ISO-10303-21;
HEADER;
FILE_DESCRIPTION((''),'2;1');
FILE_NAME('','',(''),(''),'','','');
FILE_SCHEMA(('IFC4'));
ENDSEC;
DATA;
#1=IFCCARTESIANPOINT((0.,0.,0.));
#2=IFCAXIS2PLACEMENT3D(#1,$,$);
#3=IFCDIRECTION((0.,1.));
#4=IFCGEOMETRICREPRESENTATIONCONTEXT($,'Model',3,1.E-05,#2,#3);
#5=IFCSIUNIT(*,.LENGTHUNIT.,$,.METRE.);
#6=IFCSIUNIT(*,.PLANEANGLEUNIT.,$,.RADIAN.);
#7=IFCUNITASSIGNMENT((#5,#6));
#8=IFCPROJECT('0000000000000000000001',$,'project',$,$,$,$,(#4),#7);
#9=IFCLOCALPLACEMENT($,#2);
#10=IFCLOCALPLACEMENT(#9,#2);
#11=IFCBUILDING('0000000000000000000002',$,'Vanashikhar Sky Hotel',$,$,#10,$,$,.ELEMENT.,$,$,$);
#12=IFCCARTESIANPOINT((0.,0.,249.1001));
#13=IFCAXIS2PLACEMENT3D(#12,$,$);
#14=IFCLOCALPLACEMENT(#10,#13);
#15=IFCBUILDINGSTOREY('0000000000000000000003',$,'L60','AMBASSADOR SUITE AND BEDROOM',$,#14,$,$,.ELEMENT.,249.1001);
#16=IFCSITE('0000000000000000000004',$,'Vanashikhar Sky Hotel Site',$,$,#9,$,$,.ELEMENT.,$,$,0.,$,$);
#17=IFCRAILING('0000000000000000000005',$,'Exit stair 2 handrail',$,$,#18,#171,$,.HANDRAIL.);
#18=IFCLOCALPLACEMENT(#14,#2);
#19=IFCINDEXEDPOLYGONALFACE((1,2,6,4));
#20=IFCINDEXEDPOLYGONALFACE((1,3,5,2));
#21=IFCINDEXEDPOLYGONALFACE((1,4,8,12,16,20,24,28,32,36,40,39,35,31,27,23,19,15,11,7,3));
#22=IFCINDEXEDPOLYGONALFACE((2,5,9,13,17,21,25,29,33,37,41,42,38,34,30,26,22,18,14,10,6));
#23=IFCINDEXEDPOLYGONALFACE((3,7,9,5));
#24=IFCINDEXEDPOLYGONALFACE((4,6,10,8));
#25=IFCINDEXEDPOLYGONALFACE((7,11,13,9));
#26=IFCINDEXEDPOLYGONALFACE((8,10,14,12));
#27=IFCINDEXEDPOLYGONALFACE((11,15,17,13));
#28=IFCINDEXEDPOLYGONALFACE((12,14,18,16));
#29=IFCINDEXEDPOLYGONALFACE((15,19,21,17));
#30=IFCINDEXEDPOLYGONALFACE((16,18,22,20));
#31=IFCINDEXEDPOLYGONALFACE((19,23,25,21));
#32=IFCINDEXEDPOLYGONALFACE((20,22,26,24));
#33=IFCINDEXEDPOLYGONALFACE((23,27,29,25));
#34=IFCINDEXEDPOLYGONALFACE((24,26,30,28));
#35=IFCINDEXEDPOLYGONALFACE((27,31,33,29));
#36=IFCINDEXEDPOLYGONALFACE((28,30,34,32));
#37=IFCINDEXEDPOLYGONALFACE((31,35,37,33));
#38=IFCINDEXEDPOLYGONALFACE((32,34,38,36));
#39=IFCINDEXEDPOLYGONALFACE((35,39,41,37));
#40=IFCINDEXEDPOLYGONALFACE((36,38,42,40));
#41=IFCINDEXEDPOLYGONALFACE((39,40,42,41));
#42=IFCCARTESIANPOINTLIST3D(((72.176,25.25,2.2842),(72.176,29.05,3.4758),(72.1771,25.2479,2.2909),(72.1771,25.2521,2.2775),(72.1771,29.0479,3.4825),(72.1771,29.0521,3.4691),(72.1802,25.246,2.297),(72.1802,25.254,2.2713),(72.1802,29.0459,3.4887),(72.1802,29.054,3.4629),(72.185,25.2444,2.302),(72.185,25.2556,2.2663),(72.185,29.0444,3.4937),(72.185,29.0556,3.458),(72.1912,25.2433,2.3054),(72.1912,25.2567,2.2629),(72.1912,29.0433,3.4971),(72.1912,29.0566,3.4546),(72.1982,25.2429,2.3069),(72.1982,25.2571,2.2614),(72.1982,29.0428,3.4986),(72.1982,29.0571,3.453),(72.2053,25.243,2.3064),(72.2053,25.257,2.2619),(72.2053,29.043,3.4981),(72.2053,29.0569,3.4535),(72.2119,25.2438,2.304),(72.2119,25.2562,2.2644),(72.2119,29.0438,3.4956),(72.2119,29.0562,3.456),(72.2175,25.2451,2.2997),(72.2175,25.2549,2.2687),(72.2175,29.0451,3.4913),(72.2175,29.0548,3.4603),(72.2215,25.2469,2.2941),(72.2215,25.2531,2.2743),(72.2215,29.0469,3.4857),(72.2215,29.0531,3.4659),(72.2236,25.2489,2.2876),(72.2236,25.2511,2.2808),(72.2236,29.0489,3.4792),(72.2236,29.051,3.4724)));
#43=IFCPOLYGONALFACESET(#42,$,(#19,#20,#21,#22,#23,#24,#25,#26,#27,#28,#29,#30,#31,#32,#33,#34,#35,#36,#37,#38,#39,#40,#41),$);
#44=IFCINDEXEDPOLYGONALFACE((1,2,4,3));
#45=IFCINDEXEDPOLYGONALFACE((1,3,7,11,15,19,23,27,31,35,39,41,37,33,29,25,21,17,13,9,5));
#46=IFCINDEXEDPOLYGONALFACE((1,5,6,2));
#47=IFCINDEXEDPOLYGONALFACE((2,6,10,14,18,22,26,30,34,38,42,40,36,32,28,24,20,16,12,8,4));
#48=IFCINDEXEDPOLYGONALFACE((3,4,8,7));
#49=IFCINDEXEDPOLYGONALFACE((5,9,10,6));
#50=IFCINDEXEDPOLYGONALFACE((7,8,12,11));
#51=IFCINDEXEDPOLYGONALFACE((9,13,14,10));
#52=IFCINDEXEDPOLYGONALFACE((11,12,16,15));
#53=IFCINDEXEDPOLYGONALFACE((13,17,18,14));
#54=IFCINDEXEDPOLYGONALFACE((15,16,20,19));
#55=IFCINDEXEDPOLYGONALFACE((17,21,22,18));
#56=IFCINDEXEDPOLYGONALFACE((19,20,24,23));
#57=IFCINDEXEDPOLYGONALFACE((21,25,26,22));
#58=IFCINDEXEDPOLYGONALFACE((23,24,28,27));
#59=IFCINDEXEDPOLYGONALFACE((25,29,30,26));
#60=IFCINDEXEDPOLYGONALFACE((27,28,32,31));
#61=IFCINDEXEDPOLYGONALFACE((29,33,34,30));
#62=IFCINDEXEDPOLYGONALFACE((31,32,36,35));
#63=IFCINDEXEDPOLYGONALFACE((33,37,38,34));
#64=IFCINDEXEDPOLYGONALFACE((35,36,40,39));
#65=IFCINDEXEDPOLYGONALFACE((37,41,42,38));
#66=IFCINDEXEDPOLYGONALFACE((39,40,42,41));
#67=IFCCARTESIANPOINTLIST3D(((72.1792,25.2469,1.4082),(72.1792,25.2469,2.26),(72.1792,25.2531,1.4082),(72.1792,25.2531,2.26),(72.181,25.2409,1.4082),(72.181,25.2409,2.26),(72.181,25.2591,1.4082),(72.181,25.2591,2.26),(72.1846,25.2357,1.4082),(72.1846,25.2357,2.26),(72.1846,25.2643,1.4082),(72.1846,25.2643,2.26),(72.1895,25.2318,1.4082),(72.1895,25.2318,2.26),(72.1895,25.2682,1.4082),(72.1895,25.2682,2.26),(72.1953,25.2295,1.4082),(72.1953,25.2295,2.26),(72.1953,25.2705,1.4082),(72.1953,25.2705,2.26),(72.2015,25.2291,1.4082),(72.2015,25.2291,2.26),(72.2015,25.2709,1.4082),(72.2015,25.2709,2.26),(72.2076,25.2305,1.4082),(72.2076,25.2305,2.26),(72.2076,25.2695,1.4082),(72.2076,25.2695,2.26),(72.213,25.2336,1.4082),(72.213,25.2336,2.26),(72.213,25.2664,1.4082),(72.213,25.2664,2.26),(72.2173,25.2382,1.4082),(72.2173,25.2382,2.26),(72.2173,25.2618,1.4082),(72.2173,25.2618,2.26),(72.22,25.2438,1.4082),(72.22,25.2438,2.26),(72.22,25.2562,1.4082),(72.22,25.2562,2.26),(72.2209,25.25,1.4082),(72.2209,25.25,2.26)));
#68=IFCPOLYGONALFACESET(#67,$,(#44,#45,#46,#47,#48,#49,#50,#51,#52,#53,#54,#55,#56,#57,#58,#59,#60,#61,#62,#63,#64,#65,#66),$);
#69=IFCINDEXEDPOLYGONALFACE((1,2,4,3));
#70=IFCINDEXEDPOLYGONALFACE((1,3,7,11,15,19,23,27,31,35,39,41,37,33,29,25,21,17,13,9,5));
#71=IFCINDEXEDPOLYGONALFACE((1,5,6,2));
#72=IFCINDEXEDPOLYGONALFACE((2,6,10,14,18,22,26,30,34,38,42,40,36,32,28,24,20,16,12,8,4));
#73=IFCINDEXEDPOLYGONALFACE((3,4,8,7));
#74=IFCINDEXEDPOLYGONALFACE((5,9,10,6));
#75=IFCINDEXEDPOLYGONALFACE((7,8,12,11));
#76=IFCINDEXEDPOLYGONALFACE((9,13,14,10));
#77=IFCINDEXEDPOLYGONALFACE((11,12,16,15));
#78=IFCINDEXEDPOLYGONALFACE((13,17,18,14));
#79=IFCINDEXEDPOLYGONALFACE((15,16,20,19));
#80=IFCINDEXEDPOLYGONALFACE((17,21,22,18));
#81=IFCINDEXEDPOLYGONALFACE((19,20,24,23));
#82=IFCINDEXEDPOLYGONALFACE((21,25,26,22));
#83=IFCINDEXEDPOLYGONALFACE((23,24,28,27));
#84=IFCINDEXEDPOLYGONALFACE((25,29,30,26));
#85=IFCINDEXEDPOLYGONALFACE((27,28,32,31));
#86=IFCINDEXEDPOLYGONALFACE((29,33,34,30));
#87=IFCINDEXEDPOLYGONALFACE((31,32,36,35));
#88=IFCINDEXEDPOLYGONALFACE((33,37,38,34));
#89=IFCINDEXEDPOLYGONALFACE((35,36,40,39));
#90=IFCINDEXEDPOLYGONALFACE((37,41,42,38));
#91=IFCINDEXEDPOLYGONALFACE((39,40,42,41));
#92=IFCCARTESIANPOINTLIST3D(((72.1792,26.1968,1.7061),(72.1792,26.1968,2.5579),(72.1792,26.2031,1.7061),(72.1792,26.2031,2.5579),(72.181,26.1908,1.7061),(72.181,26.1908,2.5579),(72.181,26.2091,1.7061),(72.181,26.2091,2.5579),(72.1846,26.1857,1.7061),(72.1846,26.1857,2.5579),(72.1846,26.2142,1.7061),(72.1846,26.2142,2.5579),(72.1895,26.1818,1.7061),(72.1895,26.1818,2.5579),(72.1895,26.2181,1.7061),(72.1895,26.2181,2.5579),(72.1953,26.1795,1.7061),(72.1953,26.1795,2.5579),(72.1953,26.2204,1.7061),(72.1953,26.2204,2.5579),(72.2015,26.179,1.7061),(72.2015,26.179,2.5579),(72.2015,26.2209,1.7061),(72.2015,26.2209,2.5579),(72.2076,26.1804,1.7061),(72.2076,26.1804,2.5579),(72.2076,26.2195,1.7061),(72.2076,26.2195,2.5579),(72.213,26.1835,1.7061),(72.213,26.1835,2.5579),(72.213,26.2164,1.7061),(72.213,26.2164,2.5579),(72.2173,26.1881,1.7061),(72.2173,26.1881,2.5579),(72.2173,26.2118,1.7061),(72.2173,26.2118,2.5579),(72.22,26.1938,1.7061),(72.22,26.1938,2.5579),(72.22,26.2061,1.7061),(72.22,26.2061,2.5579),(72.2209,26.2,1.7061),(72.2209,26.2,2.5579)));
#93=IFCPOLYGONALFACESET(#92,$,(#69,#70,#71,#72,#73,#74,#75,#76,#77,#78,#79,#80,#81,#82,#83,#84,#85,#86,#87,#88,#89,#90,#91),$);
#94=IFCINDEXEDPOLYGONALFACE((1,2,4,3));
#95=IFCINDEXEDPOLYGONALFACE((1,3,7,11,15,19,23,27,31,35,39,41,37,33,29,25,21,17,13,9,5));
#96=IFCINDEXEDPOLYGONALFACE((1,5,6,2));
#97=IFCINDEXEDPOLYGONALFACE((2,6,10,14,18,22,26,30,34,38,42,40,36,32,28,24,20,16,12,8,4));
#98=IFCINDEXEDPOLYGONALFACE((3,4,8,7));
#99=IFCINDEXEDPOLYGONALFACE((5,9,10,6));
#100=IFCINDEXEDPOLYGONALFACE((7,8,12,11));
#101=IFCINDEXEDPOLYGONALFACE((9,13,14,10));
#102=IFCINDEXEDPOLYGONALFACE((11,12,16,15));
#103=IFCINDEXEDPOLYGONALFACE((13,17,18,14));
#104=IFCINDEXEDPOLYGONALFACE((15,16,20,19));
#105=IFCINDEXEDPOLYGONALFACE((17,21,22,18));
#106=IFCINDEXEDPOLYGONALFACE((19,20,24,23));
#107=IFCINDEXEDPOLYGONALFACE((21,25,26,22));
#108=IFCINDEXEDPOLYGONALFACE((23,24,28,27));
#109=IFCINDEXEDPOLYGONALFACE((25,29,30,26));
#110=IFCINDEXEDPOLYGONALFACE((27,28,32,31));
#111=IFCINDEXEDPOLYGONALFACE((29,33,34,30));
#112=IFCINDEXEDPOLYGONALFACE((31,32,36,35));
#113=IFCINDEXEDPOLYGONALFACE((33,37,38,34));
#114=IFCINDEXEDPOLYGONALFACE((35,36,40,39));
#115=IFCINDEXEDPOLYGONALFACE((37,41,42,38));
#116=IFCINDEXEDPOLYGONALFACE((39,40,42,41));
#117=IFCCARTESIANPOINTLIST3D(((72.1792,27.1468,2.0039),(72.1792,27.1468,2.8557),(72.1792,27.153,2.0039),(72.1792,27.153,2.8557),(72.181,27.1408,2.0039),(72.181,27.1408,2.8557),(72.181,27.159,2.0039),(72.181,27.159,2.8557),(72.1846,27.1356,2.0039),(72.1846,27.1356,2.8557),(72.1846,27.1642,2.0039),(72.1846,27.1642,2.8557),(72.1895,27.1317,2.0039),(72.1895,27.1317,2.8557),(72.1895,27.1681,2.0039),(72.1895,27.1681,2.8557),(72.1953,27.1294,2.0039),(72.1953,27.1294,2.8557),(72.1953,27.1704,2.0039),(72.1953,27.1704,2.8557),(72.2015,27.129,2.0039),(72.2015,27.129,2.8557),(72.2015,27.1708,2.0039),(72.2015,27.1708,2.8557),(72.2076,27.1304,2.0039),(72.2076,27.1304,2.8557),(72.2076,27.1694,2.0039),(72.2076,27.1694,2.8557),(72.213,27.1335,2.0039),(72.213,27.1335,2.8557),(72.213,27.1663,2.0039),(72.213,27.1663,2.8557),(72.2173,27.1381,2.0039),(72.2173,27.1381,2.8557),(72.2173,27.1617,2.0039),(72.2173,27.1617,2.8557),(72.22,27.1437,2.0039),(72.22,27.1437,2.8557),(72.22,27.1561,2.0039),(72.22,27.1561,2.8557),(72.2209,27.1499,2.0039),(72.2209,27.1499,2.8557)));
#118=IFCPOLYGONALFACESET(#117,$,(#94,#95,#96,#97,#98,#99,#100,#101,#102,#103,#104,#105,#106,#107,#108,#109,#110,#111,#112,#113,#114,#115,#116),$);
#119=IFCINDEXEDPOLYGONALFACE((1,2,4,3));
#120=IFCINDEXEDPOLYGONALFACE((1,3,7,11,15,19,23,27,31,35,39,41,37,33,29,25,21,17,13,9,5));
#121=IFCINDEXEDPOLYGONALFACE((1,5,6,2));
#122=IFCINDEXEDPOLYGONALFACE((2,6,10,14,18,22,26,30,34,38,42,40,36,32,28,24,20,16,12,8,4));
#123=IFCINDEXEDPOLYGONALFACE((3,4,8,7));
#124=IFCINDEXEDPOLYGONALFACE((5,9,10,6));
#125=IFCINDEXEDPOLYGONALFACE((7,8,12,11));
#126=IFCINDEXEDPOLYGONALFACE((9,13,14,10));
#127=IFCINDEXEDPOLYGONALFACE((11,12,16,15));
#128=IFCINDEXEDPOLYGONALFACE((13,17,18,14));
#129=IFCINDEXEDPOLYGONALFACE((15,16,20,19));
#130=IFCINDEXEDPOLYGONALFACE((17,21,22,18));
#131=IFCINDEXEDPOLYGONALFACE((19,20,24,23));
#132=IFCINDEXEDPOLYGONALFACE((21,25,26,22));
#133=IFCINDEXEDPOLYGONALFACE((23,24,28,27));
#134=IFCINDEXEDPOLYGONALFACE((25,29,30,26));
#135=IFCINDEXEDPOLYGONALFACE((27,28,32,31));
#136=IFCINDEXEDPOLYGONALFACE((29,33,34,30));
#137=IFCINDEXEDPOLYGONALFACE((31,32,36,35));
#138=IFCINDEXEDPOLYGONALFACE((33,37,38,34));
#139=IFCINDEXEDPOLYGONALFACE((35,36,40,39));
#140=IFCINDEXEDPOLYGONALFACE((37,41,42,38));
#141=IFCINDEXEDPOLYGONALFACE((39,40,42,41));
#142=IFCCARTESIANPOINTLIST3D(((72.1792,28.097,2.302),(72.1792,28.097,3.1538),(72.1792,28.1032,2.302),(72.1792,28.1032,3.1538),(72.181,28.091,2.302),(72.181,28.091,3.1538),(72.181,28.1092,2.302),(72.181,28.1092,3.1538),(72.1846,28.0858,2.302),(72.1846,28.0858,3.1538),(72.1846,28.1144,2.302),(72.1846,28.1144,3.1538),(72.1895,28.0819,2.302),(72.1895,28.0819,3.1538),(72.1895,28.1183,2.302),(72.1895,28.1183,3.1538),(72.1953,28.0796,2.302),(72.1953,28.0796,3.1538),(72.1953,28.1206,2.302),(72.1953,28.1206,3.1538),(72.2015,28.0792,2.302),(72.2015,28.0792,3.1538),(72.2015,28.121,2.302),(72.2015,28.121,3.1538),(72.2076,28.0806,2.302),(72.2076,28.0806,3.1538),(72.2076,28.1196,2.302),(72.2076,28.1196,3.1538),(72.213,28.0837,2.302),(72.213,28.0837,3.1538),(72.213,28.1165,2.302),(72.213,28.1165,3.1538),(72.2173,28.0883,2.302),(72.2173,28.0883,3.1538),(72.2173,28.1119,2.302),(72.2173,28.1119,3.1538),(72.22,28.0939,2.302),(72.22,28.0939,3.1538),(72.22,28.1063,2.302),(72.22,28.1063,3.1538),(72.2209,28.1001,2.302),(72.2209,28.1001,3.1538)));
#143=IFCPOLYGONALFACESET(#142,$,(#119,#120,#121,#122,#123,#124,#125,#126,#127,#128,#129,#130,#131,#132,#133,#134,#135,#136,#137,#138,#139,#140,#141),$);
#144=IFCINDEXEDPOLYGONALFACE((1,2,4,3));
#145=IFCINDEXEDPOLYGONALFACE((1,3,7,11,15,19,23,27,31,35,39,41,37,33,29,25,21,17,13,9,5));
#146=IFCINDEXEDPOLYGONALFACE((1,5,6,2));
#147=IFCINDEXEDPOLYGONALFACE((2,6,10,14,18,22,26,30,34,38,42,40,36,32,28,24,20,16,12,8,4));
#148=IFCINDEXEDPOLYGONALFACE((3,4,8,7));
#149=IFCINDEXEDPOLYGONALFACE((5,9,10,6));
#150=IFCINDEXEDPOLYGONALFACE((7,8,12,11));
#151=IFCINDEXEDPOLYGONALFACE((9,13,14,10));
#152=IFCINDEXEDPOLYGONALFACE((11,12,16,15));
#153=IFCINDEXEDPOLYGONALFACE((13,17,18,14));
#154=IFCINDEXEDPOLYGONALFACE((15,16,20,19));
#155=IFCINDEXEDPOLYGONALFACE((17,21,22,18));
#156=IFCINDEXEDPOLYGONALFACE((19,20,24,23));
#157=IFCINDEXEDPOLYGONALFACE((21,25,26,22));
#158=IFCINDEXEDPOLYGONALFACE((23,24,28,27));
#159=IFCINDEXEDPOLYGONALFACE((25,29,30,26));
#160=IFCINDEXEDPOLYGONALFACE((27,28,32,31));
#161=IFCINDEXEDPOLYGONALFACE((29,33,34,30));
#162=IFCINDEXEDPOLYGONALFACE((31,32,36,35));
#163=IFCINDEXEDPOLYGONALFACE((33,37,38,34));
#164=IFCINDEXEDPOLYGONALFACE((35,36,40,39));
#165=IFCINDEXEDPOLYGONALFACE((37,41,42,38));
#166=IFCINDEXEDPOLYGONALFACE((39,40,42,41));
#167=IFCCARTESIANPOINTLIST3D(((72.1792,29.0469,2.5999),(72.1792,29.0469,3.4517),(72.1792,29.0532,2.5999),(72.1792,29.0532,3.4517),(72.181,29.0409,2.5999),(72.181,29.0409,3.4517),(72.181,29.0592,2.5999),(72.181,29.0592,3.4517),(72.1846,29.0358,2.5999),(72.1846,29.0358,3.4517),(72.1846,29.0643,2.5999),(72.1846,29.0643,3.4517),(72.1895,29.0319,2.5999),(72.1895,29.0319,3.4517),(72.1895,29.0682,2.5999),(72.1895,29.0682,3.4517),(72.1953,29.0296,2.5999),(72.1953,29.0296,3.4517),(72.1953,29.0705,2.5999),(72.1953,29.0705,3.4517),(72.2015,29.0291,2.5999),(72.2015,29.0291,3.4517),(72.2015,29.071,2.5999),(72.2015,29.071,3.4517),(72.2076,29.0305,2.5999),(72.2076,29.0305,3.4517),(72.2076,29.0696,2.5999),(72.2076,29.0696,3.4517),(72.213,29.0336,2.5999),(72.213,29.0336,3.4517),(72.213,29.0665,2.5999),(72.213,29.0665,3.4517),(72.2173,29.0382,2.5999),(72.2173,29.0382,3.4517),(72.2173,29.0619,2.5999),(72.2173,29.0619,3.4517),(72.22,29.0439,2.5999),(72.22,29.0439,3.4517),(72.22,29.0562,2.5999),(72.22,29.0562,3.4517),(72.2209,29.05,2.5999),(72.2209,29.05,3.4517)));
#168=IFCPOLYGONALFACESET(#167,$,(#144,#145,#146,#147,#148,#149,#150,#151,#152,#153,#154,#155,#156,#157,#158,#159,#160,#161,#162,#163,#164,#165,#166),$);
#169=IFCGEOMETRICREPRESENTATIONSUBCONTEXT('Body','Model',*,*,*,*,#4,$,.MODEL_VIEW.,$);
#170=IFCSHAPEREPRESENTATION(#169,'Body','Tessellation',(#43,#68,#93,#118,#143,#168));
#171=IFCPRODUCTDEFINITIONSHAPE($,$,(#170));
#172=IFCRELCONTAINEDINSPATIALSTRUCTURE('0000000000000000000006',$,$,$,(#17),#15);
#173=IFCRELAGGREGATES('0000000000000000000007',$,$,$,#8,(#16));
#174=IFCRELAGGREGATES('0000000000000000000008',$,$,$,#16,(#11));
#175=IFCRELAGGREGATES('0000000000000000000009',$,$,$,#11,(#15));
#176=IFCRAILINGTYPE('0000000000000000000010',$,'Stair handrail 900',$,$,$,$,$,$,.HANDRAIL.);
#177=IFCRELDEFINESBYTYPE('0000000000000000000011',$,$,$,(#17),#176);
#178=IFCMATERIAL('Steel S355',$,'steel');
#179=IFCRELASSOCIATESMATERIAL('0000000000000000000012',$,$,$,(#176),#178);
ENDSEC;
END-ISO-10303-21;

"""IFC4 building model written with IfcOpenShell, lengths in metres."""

from ifc_helpers import new_model, si_unit, direction, frame, origin, origin_2d, place, context, subcontext, project, spatial, circle, extrude, source, transform, mapped, material, type_object, element, save


model = new_model("IFC4")

# Units and contexts
model_context = context("Model", 3, precision=1e-05, world=origin(), true_north=direction((0.0, 1.0)))
body_context = subcontext(model_context, "Body", "Model", "MODEL_VIEW")
ifc_project = project(units=[si_unit("LENGTHUNIT", "METRE"), si_unit("PLANEANGLEUNIT", "RADIAN")], contexts=[model_context])

# Site, building, storey
site_placement = place(None, origin())
site = spatial("IfcSite", under=ifc_project, at=site_placement, Name="Vanashikhar Sky Hotel Site", CompositionType="ELEMENT", RefElevation=0.0)
building_placement = place(site_placement, origin())
building = spatial("IfcBuilding", under=site, at=building_placement, Name="Vanashikhar Sky Hotel", CompositionType="ELEMENT")
storey_placement = place(building_placement, frame((0.0, 0.0, 249.1001)))
storey = spatial("IfcBuildingStorey", under=building, at=storey_placement, Name="L60", Description="AMBASSADOR SUITE AND BEDROOM", CompositionType="ELEMENT", Elevation=249.1001)

# Railing
ifc_material_1 = material(Name="Steel S355", Category="steel")
railing_type = type_object("IfcRailingType", Name="Stair handrail 900", PredefinedType="HANDRAIL", material=ifc_material_1)
shared_shape_1 = source(origin(), body_context, "Body", "SweptSolid", [
    extrude(circle(Radius=0.0239, at=origin_2d()), frame((0.0, 0.0, 0.876), z_axis=(0.0, 0.954184, 0.299221), x_axis=(-1.0, 0.0, 0.0)), (0.0, 0.0, 1.0), 3.9824),
    extrude(circle(Radius=0.021, at=origin_2d()), origin(), (0.0, 0.0, 1.0), 0.8518),
    extrude(circle(Radius=0.021, at=origin_2d()), frame((0.0, 0.95, 0.2979)), (0.0, 0.0, 1.0), 0.8518),
    extrude(circle(Radius=0.021, at=origin_2d()), frame((0.0, 1.8999, 0.5957)), (0.0, 0.0, 1.0), 0.8518),
    extrude(circle(Radius=0.021, at=origin_2d()), frame((0.0, 2.8501, 0.8938)), (0.0, 0.0, 1.0), 0.8518),
    extrude(circle(Radius=0.021, at=origin_2d()), frame((0.0, 3.8, 1.1917)), (0.0, 0.0, 1.0), 0.8518),
])
railing_1_placement = place(storey_placement, frame((72.2, 25.25, 1.4082)))
element("IfcRailing", 1, at=railing_1_placement, inside=storey, type_object=railing_type, Name="Exit stair 2 handrail", PredefinedType="HANDRAIL", context=body_context, shape_type="MappedRepresentation", body=[
    mapped(shared_shape_1, transform((0.0, 0.0, 0.0), scale=1.0)),
])

save(model, "model.ifc")
